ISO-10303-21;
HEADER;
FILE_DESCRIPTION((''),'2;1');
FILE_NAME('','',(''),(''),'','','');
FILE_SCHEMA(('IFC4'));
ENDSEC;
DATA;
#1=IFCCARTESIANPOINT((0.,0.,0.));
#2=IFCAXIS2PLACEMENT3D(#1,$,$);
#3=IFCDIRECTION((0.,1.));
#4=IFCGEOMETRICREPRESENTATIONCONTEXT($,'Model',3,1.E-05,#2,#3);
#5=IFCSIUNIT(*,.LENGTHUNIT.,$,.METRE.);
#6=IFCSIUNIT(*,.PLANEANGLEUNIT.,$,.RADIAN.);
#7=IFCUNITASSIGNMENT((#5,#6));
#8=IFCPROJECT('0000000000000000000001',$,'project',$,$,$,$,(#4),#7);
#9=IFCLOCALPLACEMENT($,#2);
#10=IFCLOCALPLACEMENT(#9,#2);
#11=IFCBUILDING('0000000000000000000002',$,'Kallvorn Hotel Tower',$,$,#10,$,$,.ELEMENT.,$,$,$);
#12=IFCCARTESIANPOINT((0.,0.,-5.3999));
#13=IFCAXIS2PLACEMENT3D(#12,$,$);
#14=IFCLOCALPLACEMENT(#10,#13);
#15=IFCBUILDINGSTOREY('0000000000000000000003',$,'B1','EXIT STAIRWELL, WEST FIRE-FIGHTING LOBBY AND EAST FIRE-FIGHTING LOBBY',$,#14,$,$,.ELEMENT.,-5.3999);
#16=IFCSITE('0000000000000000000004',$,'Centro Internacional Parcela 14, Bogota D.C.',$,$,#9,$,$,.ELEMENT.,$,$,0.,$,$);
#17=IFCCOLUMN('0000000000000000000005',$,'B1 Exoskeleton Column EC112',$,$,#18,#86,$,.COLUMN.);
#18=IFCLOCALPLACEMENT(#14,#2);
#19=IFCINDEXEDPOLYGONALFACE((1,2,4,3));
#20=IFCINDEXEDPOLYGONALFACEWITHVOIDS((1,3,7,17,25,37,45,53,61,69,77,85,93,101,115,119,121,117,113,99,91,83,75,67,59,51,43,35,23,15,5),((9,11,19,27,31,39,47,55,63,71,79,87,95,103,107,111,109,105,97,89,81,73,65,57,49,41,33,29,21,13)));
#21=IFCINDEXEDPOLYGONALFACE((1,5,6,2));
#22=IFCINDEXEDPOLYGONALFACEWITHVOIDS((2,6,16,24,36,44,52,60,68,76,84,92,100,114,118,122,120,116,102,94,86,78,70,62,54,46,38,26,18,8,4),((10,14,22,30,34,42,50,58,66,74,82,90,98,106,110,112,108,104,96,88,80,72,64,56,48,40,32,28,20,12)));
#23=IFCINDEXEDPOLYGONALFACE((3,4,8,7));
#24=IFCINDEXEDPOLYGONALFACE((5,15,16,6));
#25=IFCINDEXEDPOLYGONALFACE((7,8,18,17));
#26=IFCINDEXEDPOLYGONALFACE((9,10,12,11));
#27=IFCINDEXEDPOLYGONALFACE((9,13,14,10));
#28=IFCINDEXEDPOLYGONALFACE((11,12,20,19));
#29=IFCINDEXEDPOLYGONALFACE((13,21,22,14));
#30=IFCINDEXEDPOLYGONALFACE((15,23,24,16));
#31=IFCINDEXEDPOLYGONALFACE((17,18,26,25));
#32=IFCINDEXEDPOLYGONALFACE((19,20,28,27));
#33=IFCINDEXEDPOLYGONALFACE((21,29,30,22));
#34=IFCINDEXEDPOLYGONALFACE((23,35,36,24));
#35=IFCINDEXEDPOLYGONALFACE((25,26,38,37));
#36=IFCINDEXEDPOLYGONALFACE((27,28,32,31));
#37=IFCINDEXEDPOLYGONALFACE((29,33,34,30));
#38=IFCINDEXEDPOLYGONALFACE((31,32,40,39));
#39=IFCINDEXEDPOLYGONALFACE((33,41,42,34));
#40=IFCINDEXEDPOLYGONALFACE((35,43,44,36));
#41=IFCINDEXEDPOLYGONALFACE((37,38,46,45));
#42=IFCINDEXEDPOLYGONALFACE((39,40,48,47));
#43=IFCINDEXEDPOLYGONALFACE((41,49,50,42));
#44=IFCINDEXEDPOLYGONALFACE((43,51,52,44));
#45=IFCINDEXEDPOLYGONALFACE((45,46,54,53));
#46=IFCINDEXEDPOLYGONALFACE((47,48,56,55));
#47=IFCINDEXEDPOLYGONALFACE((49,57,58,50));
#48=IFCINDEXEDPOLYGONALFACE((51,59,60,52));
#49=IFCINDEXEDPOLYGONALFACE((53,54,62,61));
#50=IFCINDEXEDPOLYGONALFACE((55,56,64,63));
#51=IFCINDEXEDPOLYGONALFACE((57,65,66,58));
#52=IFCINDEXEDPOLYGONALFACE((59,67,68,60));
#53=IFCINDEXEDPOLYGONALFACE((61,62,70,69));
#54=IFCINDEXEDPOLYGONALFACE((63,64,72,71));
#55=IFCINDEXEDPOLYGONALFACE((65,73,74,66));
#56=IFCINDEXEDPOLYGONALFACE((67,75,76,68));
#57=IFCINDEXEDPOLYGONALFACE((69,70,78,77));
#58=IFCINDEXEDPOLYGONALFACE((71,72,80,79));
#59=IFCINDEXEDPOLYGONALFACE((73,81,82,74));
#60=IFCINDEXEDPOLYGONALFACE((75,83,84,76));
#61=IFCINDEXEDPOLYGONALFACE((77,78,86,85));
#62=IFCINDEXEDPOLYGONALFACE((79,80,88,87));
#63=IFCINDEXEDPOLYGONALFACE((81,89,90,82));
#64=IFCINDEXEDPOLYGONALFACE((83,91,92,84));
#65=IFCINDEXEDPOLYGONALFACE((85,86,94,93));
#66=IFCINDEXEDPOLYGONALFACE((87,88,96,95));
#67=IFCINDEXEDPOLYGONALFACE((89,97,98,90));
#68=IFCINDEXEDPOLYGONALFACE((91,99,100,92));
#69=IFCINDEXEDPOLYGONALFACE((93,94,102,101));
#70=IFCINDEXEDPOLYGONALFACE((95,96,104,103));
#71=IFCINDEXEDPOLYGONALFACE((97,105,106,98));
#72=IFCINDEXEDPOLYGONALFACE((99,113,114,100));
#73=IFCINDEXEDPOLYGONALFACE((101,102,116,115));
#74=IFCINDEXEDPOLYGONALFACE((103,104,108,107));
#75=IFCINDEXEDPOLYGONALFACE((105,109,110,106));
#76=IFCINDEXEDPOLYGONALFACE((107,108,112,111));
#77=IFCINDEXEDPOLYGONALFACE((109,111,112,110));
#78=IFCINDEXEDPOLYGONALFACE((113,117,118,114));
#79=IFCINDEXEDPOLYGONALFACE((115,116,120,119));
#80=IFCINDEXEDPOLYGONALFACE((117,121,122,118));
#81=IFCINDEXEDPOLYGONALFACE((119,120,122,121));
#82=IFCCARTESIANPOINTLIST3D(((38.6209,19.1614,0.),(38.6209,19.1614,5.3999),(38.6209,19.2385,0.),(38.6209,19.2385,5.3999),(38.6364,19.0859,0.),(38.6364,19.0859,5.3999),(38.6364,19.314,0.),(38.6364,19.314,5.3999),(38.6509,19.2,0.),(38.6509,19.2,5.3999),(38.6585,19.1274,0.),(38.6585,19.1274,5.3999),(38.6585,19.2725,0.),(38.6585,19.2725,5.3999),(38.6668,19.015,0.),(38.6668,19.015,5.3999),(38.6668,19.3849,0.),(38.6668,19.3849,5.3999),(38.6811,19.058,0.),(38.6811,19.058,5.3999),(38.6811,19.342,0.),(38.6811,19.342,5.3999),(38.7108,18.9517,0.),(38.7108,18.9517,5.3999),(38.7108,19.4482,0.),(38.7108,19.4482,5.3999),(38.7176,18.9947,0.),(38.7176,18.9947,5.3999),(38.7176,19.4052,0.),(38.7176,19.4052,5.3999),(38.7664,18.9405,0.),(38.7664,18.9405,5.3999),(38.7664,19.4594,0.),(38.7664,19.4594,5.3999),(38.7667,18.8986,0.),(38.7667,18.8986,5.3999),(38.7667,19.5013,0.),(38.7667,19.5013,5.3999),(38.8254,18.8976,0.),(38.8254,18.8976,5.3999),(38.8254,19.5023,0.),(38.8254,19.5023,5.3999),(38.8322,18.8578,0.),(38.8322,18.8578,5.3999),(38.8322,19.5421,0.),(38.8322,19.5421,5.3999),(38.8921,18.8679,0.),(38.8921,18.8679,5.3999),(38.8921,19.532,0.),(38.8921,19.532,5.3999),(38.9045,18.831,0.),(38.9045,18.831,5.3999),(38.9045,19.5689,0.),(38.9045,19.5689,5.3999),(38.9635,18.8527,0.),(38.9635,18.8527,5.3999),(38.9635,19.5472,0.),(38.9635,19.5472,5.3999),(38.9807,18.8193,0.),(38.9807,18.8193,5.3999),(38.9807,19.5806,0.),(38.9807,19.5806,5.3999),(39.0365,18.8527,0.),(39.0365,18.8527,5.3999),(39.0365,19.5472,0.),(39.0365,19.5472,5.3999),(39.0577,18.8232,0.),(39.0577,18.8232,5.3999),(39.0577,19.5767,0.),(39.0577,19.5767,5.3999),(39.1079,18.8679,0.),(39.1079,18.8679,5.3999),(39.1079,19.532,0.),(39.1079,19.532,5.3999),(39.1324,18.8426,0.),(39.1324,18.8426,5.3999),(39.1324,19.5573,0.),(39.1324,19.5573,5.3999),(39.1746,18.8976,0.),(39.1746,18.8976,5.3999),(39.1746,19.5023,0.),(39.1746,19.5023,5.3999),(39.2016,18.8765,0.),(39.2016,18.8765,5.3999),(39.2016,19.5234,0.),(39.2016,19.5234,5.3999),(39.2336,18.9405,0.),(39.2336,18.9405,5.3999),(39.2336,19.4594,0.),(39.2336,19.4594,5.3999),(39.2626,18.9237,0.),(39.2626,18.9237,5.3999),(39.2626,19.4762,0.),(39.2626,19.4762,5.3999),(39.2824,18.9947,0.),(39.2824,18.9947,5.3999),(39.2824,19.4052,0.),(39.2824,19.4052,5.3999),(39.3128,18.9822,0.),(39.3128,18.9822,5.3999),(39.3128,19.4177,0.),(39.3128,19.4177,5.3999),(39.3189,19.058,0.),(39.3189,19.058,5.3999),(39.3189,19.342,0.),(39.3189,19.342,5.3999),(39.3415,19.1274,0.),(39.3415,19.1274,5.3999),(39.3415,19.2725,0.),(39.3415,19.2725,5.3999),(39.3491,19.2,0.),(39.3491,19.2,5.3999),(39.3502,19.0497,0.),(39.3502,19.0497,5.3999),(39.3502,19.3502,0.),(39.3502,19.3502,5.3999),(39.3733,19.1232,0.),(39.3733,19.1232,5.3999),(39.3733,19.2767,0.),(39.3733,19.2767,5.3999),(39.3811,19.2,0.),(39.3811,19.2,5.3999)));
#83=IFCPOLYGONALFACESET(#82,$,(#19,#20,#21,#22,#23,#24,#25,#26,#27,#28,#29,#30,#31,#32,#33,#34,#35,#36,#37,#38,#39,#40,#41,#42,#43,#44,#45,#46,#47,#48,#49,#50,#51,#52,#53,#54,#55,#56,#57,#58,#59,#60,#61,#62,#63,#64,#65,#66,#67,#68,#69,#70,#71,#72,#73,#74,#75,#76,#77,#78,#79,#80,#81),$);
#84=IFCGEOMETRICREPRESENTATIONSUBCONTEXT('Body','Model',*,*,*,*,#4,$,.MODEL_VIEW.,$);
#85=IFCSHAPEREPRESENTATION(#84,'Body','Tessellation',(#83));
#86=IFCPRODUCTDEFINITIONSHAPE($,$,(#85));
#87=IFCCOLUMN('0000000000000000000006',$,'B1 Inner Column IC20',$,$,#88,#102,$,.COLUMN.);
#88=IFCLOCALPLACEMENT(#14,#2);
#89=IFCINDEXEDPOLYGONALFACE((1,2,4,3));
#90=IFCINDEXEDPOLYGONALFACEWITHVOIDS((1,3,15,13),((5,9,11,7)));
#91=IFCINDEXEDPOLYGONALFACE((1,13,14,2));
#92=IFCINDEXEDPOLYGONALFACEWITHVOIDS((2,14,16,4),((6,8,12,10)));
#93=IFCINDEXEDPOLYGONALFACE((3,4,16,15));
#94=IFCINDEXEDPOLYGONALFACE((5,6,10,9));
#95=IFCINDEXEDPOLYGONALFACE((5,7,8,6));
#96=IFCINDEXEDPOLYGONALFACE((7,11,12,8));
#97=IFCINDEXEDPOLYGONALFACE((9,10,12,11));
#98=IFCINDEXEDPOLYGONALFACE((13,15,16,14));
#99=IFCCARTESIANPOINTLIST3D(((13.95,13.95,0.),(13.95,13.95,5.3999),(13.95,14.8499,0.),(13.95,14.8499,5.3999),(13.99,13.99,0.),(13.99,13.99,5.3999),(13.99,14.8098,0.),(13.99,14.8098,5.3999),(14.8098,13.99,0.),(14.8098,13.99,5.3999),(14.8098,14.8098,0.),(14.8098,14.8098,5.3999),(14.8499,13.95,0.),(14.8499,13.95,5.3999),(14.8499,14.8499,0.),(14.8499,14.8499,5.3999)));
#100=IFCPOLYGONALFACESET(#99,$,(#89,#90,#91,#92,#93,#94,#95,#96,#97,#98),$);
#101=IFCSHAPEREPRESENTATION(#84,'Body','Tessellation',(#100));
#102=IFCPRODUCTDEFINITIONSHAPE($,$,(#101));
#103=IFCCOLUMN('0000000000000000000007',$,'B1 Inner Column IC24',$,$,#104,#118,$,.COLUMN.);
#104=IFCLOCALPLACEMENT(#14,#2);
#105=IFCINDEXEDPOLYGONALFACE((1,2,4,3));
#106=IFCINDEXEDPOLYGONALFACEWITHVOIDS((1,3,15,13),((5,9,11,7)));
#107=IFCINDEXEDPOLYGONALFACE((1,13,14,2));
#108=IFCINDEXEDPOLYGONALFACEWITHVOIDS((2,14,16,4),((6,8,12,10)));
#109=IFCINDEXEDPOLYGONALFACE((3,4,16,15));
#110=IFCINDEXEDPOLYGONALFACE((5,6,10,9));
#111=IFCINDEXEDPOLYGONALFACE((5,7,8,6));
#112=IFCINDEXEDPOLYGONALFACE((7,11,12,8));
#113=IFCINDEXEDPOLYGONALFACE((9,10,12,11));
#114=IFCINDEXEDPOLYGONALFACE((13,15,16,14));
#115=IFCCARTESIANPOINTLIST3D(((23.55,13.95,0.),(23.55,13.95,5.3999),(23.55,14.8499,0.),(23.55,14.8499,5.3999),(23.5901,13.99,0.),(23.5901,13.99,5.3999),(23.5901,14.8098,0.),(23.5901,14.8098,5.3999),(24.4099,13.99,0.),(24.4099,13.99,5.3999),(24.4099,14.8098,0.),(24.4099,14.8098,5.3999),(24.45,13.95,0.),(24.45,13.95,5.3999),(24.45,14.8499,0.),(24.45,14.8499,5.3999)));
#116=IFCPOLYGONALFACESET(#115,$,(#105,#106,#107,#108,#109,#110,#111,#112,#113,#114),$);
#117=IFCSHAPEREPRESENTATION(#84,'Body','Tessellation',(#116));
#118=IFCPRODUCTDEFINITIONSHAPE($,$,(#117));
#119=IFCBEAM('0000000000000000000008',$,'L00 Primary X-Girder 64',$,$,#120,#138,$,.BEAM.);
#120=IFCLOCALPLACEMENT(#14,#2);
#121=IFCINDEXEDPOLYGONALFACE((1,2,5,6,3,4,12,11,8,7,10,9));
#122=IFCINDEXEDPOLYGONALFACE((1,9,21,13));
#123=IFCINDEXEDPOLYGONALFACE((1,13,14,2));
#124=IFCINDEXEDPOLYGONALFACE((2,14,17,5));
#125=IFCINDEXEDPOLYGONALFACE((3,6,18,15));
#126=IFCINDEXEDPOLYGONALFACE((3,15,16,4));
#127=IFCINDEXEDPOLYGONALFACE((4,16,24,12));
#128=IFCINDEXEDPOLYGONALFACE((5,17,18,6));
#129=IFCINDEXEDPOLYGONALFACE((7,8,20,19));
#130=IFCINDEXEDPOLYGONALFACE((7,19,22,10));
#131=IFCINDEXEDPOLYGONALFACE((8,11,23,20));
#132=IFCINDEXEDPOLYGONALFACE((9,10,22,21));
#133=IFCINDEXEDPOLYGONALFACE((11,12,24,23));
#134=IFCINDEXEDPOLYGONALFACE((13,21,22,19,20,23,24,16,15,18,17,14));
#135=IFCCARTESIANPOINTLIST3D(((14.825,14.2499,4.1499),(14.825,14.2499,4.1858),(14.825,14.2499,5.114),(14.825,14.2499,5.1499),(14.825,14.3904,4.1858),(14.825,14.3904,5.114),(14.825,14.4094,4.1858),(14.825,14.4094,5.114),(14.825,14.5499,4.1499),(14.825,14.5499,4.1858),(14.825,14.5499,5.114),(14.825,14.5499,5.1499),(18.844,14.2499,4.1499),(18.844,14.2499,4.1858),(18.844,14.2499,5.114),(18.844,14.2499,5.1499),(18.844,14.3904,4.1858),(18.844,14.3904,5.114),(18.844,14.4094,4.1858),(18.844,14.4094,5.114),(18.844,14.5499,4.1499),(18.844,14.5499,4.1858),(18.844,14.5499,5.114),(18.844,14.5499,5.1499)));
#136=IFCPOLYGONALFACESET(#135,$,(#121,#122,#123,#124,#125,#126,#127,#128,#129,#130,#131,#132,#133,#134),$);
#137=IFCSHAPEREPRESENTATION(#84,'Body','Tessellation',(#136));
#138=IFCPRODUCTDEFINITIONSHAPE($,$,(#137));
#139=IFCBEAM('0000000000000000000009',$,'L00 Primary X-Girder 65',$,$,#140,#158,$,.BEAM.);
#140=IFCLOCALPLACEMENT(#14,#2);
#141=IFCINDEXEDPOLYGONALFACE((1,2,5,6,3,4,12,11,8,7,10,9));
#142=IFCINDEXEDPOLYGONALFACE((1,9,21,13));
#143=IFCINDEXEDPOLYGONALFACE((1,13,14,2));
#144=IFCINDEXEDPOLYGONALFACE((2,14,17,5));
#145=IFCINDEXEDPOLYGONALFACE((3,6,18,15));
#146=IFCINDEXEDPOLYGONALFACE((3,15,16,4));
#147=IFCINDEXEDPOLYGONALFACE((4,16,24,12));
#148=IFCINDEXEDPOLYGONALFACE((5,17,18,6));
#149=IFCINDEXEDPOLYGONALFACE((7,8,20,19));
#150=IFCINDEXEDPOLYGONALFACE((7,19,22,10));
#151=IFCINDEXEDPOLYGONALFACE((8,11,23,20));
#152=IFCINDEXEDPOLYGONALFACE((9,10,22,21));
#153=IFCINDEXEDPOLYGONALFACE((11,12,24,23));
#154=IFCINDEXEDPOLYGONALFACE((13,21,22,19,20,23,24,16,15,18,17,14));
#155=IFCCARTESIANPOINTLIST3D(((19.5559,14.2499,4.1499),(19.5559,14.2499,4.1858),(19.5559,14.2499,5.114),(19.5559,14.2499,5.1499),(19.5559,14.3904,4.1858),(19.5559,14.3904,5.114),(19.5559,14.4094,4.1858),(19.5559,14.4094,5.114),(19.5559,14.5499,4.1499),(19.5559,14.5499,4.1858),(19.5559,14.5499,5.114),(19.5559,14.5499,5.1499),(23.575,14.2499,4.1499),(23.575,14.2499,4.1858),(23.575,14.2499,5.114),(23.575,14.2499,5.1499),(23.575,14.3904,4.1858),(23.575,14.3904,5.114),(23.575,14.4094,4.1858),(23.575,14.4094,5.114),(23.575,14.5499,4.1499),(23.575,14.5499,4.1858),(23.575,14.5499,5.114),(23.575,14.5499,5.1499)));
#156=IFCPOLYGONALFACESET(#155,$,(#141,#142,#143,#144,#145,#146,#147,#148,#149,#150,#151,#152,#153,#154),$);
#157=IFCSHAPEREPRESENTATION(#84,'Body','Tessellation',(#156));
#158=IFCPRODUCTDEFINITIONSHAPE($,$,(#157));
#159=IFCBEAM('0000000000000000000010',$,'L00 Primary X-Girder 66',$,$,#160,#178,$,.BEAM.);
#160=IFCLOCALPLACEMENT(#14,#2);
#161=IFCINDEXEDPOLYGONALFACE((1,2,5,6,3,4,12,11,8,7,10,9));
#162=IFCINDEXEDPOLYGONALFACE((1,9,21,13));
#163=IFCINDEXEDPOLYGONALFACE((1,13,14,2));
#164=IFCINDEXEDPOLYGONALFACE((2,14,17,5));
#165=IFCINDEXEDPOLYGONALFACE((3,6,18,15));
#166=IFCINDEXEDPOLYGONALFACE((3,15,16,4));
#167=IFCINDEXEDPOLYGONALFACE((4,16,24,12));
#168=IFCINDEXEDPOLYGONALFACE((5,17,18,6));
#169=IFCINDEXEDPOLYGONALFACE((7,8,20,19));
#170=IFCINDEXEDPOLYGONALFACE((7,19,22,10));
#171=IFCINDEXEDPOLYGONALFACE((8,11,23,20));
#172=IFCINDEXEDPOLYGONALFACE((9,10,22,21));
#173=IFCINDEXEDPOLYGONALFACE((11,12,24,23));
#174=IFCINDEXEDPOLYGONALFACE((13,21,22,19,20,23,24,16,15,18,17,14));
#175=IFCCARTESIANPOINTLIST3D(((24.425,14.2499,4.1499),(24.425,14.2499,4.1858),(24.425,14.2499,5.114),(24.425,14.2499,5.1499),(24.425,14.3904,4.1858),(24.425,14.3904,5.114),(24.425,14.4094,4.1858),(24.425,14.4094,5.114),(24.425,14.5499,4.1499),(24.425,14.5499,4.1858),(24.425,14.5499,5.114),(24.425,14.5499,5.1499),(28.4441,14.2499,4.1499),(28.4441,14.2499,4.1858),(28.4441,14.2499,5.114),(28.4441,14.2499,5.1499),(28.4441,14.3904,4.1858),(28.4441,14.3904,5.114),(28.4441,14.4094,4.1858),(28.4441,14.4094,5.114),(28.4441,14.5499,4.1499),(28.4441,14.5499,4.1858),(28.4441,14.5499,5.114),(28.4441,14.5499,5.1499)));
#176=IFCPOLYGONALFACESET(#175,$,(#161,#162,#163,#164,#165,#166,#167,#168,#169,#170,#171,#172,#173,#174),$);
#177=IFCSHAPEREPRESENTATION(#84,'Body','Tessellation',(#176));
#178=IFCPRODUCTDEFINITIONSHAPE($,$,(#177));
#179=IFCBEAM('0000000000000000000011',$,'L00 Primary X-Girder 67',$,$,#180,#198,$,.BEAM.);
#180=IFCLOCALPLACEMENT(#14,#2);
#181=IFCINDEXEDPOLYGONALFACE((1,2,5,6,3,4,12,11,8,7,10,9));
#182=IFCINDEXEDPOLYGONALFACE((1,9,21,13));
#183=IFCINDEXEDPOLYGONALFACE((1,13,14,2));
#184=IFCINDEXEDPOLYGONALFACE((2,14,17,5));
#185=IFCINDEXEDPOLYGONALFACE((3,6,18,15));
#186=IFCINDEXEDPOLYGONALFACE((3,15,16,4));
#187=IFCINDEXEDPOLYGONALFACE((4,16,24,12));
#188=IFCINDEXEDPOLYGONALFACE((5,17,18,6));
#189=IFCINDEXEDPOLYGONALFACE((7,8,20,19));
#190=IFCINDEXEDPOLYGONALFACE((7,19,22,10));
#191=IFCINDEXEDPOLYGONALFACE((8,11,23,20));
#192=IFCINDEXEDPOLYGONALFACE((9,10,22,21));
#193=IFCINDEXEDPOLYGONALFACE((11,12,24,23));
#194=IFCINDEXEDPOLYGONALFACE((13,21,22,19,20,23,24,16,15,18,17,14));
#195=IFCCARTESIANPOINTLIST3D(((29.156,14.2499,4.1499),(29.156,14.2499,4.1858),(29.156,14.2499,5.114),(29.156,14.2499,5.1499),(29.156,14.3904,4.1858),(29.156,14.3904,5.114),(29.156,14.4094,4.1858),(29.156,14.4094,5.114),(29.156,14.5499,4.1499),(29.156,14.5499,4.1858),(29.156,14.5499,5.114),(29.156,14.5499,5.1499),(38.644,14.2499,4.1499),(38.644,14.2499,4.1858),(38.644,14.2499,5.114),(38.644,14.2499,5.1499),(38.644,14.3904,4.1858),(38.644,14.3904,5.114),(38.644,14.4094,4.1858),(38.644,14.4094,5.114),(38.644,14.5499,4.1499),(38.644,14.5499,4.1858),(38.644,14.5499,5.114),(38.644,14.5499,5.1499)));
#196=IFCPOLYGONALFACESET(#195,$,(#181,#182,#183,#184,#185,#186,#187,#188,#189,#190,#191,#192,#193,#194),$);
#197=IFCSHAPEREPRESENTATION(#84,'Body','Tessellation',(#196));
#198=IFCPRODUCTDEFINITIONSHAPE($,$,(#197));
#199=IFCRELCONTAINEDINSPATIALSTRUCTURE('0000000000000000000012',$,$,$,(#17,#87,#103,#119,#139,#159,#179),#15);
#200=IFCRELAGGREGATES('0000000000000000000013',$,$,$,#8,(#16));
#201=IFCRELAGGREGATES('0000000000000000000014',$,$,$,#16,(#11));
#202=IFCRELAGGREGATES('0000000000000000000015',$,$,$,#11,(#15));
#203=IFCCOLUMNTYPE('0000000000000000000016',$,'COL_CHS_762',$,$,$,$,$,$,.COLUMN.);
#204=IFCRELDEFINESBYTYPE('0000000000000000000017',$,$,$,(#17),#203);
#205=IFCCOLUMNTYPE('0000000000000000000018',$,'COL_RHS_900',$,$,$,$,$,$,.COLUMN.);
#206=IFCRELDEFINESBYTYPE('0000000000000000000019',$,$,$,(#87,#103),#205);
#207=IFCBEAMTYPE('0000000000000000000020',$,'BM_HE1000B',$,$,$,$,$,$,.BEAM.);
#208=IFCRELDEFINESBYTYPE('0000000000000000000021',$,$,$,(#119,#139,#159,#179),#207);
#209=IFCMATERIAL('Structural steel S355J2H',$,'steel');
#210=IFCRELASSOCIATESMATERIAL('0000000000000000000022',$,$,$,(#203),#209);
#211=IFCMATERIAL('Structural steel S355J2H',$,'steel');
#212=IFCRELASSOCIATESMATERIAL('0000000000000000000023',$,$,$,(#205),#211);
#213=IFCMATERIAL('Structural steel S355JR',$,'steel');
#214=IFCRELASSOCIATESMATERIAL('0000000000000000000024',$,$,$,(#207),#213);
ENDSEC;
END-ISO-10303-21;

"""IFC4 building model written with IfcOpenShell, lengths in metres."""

from ifc_helpers import new_model, si_unit, direction, frame, origin, origin_2d, place, context, subcontext, project, spatial, hollow_rectangle, hollow_circle, i_section, extrude, material, material_profile, profile_set, type_object, element, save


model = new_model("IFC4")

# Units and contexts
model_context = context("Model", 3, precision=1e-05, world=origin(), true_north=direction((0.0, 1.0)))
body_context = subcontext(model_context, "Body", "Model", "MODEL_VIEW")
ifc_project = project(units=[si_unit("LENGTHUNIT", "METRE"), si_unit("PLANEANGLEUNIT", "RADIAN")], contexts=[model_context])

# Site, building, storey
site_placement = place(None, origin())
site = spatial("IfcSite", under=ifc_project, at=site_placement, Name="Centro Internacional Parcela 14, Bogota D.C.", CompositionType="ELEMENT", RefElevation=0.0)
building_placement = place(site_placement, origin())
building = spatial("IfcBuilding", under=site, at=building_placement, Name="Kallvorn Hotel Tower", CompositionType="ELEMENT")
storey_placement = place(building_placement, frame((0.0, 0.0, -5.3999)))
storey = spatial("IfcBuildingStorey", under=building, at=storey_placement, Name="B1", Description="EXIT STAIRWELL, WEST FIRE-FIGHTING LOBBY AND EAST FIRE-FIGHTING LOBBY", CompositionType="ELEMENT", Elevation=-5.3999)

# Columns
ifc_material_1 = material(Name="Structural steel S355J2H", Category="steel")
ifc_material_profile_1 = material_profile(ifc_material_1, hollow_circle(Radius=0.3811, WallThickness=0.032, at=origin_2d()), Name="CHS 762x32")
ifc_profile_set_1 = profile_set([ifc_material_profile_1], Name="Structural steel S355J2H")
column_type_1 = type_object("IfcColumnType", Name="COL_CHS_762", PredefinedType="COLUMN", material=ifc_profile_set_1)
for number, where, z_axis, x_axis, name in (
    (1, (39.0, 19.2, 0.0), (0.0, 0.0, 1.0), (1.0, 0.0, 0.0), "B1 Exoskeleton Column EC112"),
):
    element("IfcColumn", number, at=place(storey_placement, frame(where, z_axis=z_axis, x_axis=x_axis)), inside=storey, type_object=column_type_1, Name=name, PredefinedType="COLUMN", context=body_context, shape_type="SweptSolid", body=[
        extrude(hollow_circle(Radius=0.3811, WallThickness=0.032, at=origin_2d()), origin(), (0.0, 0.0, 1.0), 5.3999),
    ])
ifc_material_2 = material(Name="Structural steel S355J2H", Category="steel")
ifc_material_profile_2 = material_profile(ifc_material_2, hollow_rectangle(XDim=0.8999, YDim=0.8999, WallThickness=0.04, at=origin_2d()), Name="RHS 900x900x40")
ifc_profile_set_2 = profile_set([ifc_material_profile_2], Name="Structural steel S355J2H")
column_type_2 = type_object("IfcColumnType", Name="COL_RHS_900", PredefinedType="COLUMN", material=ifc_profile_set_2)
for number, where, z_axis, x_axis, name in (
    (2, (14.3999, 14.3999, 0.0), (0.0, 0.0, 1.0), (1.0, 0.0, 0.0), "B1 Inner Column IC20"),
    (3, (24.0, 14.3999, 0.0), (0.0, 0.0, 1.0), (1.0, 0.0, 0.0), "B1 Inner Column IC24"),
):
    element("IfcColumn", number, at=place(storey_placement, frame(where, z_axis=z_axis, x_axis=x_axis)), inside=storey, type_object=column_type_2, Name=name, PredefinedType="COLUMN", context=body_context, shape_type="SweptSolid", body=[
        extrude(hollow_rectangle(XDim=0.8999, YDim=0.8999, WallThickness=0.04, at=origin_2d()), origin(), (0.0, 0.0, 1.0), 5.3999),
    ])

# Beams
ifc_material_3 = material(Name="Structural steel S355JR", Category="steel")
ifc_material_profile_3 = material_profile(ifc_material_3, i_section(OverallWidth=0.3, OverallDepth=1.0, WebThickness=0.019, FlangeThickness=0.0359, at=origin_2d()), Name="HE 1000 B")
ifc_profile_set_3 = profile_set([ifc_material_profile_3], Name="Structural steel S355JR")
beam_type_1 = type_object("IfcBeamType", Name="BM_HE1000B", PredefinedType="BEAM", material=ifc_profile_set_3)
for number, where, z_axis, x_axis, name in (
    (4, (14.825, 14.3999, 4.6499), (1.0, 0.0, 0.0), (0.0, 1.0, 0.0), "L00 Primary X-Girder 64"),
    (5, (19.5559, 14.3999, 4.6499), (1.0, 0.0, 0.0), (0.0, 1.0, 0.0), "L00 Primary X-Girder 65"),
    (6, (24.425, 14.3999, 4.6499), (1.0, 0.0, 0.0), (0.0, 1.0, 0.0), "L00 Primary X-Girder 66"),
):
    element("IfcBeam", number, at=place(storey_placement, frame(where, z_axis=z_axis, x_axis=x_axis)), inside=storey, type_object=beam_type_1, Name=name, PredefinedType="BEAM", context=body_context, shape_type="SweptSolid", body=[
        extrude(i_section(OverallWidth=0.3, OverallDepth=1.0, WebThickness=0.019, FlangeThickness=0.0359, at=origin_2d()), origin(), (0.0, 0.0, 1.0), 4.019),
    ])
beam_1_placement = place(storey_placement, frame((29.156, 14.3999, 4.6499), z_axis=(1.0, 0.0, 0.0), x_axis=(0.0, 1.0, 0.0)))
element("IfcBeam", 7, at=beam_1_placement, inside=storey, type_object=beam_type_1, Name="L00 Primary X-Girder 67", PredefinedType="BEAM", context=body_context, shape_type="SweptSolid", body=[
    extrude(i_section(OverallWidth=0.3, OverallDepth=1.0, WebThickness=0.019, FlangeThickness=0.0359, at=origin_2d()), origin(), (0.0, 0.0, 1.0), 9.488),
])

save(model, "model.ifc")
